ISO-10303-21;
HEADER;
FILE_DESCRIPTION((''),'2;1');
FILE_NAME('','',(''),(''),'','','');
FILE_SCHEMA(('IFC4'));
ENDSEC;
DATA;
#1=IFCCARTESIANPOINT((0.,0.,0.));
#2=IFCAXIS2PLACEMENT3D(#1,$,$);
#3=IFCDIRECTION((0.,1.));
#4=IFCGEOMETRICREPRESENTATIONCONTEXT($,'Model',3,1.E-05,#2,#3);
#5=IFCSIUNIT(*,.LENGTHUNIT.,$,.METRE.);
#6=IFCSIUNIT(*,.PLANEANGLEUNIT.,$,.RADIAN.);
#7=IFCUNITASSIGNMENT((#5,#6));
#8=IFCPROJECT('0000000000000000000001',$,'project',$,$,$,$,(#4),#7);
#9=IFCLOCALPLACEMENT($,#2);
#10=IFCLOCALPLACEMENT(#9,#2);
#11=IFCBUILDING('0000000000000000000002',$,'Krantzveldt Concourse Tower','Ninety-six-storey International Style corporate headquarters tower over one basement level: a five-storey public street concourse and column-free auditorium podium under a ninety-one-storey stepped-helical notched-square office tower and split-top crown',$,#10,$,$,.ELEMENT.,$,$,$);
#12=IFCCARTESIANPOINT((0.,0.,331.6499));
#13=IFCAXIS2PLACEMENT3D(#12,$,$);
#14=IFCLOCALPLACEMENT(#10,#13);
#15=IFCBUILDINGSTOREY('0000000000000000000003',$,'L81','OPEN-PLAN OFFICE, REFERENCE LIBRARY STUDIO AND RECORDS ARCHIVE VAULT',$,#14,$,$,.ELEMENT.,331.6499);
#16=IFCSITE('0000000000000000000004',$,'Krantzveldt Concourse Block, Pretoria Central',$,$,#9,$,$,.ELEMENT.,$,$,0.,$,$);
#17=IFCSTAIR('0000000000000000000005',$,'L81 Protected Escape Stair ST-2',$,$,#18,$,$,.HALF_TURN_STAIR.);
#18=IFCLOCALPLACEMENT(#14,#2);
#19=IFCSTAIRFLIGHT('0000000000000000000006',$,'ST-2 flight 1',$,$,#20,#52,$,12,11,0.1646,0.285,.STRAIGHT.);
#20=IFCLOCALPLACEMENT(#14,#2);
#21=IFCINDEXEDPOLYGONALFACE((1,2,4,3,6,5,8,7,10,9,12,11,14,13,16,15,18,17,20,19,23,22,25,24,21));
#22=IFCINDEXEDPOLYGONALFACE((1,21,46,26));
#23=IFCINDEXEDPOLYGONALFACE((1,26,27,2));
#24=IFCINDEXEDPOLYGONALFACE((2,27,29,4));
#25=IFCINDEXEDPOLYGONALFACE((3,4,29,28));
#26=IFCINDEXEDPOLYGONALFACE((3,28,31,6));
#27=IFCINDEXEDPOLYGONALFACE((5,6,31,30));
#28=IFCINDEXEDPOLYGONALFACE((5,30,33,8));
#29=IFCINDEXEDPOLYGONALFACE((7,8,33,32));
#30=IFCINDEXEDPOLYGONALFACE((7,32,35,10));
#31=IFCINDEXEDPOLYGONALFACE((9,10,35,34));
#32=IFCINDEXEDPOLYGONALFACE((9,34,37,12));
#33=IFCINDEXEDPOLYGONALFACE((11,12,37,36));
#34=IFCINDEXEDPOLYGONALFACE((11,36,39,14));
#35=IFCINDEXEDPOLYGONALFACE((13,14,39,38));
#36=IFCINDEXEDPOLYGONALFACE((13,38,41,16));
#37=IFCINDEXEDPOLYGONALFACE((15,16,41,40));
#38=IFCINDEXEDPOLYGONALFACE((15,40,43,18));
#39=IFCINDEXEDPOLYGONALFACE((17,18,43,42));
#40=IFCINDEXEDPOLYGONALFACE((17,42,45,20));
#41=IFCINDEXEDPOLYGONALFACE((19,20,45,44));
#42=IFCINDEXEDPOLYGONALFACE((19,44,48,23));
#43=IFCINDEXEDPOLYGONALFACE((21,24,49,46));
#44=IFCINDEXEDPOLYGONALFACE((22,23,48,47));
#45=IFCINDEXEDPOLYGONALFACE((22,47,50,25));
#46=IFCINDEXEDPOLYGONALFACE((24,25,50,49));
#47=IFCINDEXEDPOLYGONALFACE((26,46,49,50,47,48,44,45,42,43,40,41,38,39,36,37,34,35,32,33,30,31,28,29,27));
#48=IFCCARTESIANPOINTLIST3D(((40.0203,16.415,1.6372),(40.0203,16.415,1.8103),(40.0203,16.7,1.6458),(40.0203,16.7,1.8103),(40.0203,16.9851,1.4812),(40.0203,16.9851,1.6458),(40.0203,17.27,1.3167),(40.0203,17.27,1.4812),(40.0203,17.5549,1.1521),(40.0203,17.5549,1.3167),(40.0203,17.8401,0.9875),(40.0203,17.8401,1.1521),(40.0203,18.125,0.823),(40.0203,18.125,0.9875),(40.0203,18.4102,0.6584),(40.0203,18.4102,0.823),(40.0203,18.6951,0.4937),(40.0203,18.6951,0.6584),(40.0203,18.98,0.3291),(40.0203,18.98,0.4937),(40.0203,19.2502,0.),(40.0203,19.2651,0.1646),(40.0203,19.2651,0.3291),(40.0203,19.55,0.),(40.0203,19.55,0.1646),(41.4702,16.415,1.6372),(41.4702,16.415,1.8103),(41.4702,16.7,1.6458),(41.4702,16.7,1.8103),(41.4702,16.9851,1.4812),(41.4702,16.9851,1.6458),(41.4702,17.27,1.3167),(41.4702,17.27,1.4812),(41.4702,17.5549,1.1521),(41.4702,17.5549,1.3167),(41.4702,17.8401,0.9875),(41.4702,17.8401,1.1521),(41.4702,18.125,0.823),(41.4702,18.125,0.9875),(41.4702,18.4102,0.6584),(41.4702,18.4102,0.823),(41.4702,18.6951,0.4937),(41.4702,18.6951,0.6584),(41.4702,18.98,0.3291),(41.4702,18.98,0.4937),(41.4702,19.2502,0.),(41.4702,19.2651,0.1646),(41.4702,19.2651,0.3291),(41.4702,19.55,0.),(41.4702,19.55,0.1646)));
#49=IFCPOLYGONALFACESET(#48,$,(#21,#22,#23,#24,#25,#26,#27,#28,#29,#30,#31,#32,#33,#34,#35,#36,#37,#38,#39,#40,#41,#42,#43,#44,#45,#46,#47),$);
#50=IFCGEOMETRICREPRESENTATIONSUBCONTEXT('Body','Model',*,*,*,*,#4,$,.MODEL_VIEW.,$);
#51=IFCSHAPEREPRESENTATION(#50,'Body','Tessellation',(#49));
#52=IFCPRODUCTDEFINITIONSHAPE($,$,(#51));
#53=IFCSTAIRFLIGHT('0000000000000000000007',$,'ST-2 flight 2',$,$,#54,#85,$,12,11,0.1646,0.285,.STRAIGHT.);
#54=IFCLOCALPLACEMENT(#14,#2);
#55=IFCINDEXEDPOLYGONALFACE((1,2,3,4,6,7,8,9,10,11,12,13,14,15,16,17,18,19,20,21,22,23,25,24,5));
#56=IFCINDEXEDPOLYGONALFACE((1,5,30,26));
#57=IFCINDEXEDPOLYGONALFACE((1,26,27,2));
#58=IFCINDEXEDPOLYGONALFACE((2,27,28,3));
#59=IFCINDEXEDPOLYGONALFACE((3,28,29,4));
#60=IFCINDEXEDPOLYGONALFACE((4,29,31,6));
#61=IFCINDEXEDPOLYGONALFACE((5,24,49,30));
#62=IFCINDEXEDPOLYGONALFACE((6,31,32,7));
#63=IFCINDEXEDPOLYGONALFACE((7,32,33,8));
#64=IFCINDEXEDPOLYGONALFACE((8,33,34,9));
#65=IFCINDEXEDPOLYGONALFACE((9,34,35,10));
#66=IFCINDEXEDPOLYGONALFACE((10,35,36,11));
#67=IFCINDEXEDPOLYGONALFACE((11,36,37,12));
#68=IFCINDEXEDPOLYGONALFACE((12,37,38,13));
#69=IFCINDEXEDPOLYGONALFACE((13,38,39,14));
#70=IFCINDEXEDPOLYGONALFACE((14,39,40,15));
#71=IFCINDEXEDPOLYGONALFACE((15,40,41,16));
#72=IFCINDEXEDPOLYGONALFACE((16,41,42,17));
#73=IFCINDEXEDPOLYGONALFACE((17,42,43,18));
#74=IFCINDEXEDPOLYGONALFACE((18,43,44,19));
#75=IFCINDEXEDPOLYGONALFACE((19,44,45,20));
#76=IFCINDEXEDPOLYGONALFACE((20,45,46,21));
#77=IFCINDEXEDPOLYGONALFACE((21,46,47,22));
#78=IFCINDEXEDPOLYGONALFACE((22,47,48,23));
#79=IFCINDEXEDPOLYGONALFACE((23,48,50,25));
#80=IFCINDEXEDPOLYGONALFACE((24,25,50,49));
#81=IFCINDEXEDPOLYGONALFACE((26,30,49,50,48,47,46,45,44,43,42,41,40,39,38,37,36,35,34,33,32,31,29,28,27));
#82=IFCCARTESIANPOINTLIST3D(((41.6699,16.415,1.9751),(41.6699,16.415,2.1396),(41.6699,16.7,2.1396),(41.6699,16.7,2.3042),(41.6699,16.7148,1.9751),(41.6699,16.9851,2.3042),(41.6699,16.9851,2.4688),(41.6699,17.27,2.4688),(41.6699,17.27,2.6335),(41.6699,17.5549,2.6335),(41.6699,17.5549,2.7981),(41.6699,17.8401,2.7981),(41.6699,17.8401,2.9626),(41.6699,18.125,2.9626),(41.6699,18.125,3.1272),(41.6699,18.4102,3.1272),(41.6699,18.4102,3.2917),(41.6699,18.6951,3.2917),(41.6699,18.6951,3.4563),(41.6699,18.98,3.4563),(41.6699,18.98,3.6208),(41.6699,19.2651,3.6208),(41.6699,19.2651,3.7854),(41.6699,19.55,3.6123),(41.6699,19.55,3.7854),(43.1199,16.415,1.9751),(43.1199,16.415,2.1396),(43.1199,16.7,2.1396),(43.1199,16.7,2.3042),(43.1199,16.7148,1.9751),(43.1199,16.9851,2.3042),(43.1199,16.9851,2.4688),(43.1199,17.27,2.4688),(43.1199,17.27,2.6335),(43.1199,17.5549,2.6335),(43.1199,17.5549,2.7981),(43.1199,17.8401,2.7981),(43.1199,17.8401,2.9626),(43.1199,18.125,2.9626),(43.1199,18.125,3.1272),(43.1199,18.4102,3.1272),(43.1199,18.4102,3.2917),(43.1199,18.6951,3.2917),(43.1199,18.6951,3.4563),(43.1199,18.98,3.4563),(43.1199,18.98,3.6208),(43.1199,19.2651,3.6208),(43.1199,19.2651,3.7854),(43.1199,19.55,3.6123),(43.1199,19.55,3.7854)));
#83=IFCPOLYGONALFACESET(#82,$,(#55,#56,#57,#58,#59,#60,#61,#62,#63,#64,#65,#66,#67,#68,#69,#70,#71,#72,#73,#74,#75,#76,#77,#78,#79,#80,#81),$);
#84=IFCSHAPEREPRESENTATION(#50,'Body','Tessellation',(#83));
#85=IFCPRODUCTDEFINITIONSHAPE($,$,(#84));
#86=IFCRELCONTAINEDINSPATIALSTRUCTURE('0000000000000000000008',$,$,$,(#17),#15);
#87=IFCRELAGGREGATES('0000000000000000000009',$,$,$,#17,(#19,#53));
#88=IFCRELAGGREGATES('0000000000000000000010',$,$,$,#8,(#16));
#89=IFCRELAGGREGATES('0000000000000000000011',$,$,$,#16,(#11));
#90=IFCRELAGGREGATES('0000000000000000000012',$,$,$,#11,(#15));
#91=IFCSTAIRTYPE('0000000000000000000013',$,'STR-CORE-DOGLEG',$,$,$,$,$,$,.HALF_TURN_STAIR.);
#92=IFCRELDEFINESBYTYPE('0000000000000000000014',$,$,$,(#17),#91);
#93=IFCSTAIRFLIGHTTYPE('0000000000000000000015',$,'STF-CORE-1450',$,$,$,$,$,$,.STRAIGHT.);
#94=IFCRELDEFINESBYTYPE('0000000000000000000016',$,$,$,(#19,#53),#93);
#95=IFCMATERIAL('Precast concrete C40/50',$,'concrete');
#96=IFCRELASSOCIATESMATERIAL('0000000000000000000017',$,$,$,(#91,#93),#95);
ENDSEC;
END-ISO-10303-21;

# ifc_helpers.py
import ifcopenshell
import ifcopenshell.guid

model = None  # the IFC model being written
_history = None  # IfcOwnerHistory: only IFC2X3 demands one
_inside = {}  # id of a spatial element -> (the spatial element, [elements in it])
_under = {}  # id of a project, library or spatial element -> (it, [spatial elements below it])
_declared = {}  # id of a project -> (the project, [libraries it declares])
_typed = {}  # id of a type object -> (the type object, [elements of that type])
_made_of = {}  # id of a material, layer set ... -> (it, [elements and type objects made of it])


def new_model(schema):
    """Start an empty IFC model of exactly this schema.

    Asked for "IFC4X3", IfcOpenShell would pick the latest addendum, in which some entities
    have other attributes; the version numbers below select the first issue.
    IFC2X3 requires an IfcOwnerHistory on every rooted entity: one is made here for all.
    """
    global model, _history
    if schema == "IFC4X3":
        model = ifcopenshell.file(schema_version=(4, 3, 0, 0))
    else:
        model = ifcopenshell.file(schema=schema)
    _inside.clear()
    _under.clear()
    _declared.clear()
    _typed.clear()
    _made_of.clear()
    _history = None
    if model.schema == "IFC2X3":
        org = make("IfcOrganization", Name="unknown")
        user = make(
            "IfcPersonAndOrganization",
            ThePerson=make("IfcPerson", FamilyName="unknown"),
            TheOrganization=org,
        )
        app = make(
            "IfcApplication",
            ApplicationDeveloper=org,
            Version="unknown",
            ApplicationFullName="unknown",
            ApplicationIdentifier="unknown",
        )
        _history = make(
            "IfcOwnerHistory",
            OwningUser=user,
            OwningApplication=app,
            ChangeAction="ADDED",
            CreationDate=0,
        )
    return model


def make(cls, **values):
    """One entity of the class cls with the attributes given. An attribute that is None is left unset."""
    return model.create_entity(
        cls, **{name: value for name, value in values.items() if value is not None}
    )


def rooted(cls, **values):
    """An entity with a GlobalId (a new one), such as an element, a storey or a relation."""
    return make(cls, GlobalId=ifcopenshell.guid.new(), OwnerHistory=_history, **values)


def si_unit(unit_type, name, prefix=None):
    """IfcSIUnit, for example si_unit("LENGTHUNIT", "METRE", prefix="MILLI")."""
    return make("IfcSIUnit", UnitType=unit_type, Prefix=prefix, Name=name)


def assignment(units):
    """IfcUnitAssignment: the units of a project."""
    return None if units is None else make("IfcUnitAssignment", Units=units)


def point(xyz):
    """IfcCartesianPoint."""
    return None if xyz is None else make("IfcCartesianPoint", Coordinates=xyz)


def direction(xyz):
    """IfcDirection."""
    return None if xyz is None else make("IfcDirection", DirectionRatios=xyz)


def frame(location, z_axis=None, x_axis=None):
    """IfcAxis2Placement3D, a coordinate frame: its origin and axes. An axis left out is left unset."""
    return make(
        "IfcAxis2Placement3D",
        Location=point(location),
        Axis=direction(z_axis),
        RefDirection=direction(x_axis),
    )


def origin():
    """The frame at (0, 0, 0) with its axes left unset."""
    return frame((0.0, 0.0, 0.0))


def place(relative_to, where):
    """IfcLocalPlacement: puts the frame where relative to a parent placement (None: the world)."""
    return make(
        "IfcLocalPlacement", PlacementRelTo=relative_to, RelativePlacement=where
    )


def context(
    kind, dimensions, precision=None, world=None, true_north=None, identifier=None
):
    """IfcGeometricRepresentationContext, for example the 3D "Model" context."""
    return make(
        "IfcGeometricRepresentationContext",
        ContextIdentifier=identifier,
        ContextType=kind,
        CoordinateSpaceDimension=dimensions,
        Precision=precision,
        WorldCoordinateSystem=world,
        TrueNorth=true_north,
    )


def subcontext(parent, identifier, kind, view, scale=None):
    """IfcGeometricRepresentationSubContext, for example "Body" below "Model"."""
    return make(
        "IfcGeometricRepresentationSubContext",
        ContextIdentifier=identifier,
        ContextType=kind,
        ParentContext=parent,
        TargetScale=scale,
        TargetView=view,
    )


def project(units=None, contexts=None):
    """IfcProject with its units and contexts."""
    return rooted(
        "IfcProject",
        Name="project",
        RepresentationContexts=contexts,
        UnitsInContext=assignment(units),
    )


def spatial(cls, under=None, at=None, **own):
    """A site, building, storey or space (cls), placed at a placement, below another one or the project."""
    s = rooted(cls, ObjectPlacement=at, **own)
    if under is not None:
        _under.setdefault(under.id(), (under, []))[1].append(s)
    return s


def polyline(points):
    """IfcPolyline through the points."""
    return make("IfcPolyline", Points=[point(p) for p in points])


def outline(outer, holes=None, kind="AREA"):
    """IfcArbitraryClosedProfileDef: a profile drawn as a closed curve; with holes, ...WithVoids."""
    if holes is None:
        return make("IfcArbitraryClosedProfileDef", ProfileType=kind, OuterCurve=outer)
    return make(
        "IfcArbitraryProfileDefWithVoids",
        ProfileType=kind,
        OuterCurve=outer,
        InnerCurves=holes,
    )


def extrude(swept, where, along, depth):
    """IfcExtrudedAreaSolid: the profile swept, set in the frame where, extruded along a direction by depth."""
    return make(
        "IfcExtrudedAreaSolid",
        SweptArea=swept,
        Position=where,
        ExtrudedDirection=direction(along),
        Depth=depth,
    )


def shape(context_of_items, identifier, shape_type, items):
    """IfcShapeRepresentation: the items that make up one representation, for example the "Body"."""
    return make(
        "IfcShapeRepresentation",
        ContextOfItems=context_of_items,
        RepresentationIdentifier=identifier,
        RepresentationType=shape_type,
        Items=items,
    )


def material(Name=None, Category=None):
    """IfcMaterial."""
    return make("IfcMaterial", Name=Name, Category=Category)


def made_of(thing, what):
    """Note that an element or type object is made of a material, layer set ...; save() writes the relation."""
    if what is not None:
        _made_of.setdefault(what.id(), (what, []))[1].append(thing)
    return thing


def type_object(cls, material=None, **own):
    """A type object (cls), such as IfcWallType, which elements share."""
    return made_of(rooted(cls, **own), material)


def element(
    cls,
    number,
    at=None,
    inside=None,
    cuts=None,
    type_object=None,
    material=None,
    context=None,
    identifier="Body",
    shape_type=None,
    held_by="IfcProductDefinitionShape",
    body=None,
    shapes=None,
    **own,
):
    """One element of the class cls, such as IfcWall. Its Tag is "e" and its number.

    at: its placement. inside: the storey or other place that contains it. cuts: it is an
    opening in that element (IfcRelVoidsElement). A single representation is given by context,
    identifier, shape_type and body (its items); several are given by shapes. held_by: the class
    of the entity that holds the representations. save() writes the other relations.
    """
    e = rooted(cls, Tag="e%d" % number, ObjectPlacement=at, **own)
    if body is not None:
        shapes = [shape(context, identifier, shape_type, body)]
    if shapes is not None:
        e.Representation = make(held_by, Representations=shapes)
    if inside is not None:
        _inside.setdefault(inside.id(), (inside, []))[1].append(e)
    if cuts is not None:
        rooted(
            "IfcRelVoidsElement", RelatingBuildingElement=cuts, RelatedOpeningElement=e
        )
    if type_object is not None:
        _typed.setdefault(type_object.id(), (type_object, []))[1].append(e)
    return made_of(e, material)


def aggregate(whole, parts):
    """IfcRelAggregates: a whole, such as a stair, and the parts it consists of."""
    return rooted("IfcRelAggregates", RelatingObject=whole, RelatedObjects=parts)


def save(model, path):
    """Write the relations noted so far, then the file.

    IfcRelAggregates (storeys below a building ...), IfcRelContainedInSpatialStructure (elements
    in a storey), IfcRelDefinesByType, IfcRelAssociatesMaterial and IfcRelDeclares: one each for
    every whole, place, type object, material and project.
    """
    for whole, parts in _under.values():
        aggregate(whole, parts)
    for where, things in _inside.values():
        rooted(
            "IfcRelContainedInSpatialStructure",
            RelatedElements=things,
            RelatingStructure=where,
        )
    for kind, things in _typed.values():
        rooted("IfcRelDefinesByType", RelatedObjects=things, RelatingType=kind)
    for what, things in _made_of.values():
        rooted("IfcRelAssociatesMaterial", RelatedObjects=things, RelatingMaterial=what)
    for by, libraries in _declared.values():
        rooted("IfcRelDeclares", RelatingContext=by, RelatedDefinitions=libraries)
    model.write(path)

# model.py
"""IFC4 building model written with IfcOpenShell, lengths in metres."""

from ifc_helpers import new_model, si_unit, direction, frame, origin, place, context, subcontext, project, spatial, polyline, outline, extrude, material, type_object, element, aggregate, save


model = new_model("IFC4")

# Units and contexts
model_context = context("Model", 3, precision=1e-05, world=origin(), true_north=direction((0.0, 1.0)))
body_context = subcontext(model_context, "Body", "Model", "MODEL_VIEW")
ifc_project = project(units=[si_unit("LENGTHUNIT", "METRE"), si_unit("PLANEANGLEUNIT", "RADIAN")], contexts=[model_context])

# Site, building, storey
site_placement = place(None, origin())
site = spatial("IfcSite", under=ifc_project, at=site_placement, Name="Krantzveldt Concourse Block, Pretoria Central", CompositionType="ELEMENT", RefElevation=0.0)
building_placement = place(site_placement, origin())
building = spatial("IfcBuilding", under=site, at=building_placement, Name="Krantzveldt Concourse Tower", Description="Ninety-six-storey International Style corporate headquarters tower over one basement level: a five-storey public street concourse and column-free auditorium podium under a ninety-one-storey stepped-helical notched-square office tower and split-top crown", CompositionType="ELEMENT")
storey_placement = place(building_placement, frame((0.0, 0.0, 331.6499)))
storey = spatial("IfcBuildingStorey", under=building, at=storey_placement, Name="L81", Description="OPEN-PLAN OFFICE, REFERENCE LIBRARY STUDIO AND RECORDS ARCHIVE VAULT", CompositionType="ELEMENT", Elevation=331.6499)

# Stair, stair flights
ifc_material_1 = material(Name="Precast concrete C40/50", Category="concrete")
stair_type = type_object("IfcStairType", Name="STR-CORE-DOGLEG", PredefinedType="HALF_TURN_STAIR", material=ifc_material_1)
stair_placement = place(storey_placement, origin())
stair = element("IfcStair", 1, at=stair_placement, inside=storey, type_object=stair_type, Name="L81 Protected Escape Stair ST-2", PredefinedType="HALF_TURN_STAIR")
stair_flight_type = type_object("IfcStairFlightType", Name="STF-CORE-1450", PredefinedType="STRAIGHT", material=ifc_material_1)
stair_flight_1_placement = place(storey_placement, frame((40.7451, 19.55, 0.0), z_axis=(0.0, 0.0, 1.0), x_axis=(0.0, -1.0, 0.0)))
stair_flight_1 = element("IfcStairFlight", 2, at=stair_flight_1_placement, type_object=stair_flight_type, Name="ST-2 flight 1", NumberOfRisers=12, NumberOfTreads=11, PredefinedType="STRAIGHT", RiserHeight=0.1646, TreadLength=0.285, context=body_context, shape_type="SweptSolid", body=[
    extrude(outline(polyline([(0.0, 0.0), (0.0, 0.1646), (0.2849, 0.1646), (0.2849, 0.3291), (0.5701, 0.3291), (0.5701, 0.4937), (0.855, 0.4937), (0.855, 0.6584), (1.1399, 0.6584), (1.1399, 0.823), (1.425, 0.823), (1.425, 0.9875), (1.71, 0.9875), (1.71, 1.1521), (1.9951, 1.1521), (1.9951, 1.3167), (2.28, 1.3167), (2.28, 1.4812), (2.5649, 1.4812), (2.5649, 1.6458), (2.8501, 1.6458), (2.8501, 1.8103), (3.135, 1.8103), (3.135, 1.9751), (3.135, 1.6372), (0.2998, 0.0), (0.0, 0.0)])), frame((0.0, 0.7251, 0.0), z_axis=(0.0, -1.0, 0.0), x_axis=(1.0, 0.0, 0.0)), (0.0, 0.0, 1.0), 1.45),
])
stair_flight_2_placement = place(storey_placement, frame((42.395, 16.415, 1.9751), z_axis=(0.0, 0.0, 1.0), x_axis=(0.0, 1.0, 0.0)))
stair_flight_2 = element("IfcStairFlight", 3, at=stair_flight_2_placement, type_object=stair_flight_type, Name="ST-2 flight 2", NumberOfRisers=12, NumberOfTreads=11, PredefinedType="STRAIGHT", RiserHeight=0.1646, TreadLength=0.285, context=body_context, shape_type="SweptSolid", body=[
    extrude(outline(polyline([(0.0, 0.0), (0.0, 0.1646), (0.2849, 0.1646), (0.2849, 0.3291), (0.5701, 0.3291), (0.5701, 0.4937), (0.855, 0.4937), (0.855, 0.6584), (1.1399, 0.6584), (1.1399, 0.823), (1.425, 0.823), (1.425, 0.9875), (1.71, 0.9875), (1.71, 1.1521), (1.9951, 1.1521), (1.9951, 1.3167), (2.28, 1.3167), (2.28, 1.4812), (2.5649, 1.4812), (2.5649, 1.6458), (2.8501, 1.6458), (2.8501, 1.8103), (3.135, 1.8103), (3.135, 1.9751), (3.135, 1.6372), (0.2998, 0.0), (0.0, 0.0)])), frame((0.0, 0.7251, 0.0), z_axis=(0.0, -1.0, 0.0), x_axis=(1.0, 0.0, 0.0)), (0.0, 0.0, 1.0), 1.45),
])
aggregate(stair, [stair_flight_1, stair_flight_2])

save(model, "model.ifc")
